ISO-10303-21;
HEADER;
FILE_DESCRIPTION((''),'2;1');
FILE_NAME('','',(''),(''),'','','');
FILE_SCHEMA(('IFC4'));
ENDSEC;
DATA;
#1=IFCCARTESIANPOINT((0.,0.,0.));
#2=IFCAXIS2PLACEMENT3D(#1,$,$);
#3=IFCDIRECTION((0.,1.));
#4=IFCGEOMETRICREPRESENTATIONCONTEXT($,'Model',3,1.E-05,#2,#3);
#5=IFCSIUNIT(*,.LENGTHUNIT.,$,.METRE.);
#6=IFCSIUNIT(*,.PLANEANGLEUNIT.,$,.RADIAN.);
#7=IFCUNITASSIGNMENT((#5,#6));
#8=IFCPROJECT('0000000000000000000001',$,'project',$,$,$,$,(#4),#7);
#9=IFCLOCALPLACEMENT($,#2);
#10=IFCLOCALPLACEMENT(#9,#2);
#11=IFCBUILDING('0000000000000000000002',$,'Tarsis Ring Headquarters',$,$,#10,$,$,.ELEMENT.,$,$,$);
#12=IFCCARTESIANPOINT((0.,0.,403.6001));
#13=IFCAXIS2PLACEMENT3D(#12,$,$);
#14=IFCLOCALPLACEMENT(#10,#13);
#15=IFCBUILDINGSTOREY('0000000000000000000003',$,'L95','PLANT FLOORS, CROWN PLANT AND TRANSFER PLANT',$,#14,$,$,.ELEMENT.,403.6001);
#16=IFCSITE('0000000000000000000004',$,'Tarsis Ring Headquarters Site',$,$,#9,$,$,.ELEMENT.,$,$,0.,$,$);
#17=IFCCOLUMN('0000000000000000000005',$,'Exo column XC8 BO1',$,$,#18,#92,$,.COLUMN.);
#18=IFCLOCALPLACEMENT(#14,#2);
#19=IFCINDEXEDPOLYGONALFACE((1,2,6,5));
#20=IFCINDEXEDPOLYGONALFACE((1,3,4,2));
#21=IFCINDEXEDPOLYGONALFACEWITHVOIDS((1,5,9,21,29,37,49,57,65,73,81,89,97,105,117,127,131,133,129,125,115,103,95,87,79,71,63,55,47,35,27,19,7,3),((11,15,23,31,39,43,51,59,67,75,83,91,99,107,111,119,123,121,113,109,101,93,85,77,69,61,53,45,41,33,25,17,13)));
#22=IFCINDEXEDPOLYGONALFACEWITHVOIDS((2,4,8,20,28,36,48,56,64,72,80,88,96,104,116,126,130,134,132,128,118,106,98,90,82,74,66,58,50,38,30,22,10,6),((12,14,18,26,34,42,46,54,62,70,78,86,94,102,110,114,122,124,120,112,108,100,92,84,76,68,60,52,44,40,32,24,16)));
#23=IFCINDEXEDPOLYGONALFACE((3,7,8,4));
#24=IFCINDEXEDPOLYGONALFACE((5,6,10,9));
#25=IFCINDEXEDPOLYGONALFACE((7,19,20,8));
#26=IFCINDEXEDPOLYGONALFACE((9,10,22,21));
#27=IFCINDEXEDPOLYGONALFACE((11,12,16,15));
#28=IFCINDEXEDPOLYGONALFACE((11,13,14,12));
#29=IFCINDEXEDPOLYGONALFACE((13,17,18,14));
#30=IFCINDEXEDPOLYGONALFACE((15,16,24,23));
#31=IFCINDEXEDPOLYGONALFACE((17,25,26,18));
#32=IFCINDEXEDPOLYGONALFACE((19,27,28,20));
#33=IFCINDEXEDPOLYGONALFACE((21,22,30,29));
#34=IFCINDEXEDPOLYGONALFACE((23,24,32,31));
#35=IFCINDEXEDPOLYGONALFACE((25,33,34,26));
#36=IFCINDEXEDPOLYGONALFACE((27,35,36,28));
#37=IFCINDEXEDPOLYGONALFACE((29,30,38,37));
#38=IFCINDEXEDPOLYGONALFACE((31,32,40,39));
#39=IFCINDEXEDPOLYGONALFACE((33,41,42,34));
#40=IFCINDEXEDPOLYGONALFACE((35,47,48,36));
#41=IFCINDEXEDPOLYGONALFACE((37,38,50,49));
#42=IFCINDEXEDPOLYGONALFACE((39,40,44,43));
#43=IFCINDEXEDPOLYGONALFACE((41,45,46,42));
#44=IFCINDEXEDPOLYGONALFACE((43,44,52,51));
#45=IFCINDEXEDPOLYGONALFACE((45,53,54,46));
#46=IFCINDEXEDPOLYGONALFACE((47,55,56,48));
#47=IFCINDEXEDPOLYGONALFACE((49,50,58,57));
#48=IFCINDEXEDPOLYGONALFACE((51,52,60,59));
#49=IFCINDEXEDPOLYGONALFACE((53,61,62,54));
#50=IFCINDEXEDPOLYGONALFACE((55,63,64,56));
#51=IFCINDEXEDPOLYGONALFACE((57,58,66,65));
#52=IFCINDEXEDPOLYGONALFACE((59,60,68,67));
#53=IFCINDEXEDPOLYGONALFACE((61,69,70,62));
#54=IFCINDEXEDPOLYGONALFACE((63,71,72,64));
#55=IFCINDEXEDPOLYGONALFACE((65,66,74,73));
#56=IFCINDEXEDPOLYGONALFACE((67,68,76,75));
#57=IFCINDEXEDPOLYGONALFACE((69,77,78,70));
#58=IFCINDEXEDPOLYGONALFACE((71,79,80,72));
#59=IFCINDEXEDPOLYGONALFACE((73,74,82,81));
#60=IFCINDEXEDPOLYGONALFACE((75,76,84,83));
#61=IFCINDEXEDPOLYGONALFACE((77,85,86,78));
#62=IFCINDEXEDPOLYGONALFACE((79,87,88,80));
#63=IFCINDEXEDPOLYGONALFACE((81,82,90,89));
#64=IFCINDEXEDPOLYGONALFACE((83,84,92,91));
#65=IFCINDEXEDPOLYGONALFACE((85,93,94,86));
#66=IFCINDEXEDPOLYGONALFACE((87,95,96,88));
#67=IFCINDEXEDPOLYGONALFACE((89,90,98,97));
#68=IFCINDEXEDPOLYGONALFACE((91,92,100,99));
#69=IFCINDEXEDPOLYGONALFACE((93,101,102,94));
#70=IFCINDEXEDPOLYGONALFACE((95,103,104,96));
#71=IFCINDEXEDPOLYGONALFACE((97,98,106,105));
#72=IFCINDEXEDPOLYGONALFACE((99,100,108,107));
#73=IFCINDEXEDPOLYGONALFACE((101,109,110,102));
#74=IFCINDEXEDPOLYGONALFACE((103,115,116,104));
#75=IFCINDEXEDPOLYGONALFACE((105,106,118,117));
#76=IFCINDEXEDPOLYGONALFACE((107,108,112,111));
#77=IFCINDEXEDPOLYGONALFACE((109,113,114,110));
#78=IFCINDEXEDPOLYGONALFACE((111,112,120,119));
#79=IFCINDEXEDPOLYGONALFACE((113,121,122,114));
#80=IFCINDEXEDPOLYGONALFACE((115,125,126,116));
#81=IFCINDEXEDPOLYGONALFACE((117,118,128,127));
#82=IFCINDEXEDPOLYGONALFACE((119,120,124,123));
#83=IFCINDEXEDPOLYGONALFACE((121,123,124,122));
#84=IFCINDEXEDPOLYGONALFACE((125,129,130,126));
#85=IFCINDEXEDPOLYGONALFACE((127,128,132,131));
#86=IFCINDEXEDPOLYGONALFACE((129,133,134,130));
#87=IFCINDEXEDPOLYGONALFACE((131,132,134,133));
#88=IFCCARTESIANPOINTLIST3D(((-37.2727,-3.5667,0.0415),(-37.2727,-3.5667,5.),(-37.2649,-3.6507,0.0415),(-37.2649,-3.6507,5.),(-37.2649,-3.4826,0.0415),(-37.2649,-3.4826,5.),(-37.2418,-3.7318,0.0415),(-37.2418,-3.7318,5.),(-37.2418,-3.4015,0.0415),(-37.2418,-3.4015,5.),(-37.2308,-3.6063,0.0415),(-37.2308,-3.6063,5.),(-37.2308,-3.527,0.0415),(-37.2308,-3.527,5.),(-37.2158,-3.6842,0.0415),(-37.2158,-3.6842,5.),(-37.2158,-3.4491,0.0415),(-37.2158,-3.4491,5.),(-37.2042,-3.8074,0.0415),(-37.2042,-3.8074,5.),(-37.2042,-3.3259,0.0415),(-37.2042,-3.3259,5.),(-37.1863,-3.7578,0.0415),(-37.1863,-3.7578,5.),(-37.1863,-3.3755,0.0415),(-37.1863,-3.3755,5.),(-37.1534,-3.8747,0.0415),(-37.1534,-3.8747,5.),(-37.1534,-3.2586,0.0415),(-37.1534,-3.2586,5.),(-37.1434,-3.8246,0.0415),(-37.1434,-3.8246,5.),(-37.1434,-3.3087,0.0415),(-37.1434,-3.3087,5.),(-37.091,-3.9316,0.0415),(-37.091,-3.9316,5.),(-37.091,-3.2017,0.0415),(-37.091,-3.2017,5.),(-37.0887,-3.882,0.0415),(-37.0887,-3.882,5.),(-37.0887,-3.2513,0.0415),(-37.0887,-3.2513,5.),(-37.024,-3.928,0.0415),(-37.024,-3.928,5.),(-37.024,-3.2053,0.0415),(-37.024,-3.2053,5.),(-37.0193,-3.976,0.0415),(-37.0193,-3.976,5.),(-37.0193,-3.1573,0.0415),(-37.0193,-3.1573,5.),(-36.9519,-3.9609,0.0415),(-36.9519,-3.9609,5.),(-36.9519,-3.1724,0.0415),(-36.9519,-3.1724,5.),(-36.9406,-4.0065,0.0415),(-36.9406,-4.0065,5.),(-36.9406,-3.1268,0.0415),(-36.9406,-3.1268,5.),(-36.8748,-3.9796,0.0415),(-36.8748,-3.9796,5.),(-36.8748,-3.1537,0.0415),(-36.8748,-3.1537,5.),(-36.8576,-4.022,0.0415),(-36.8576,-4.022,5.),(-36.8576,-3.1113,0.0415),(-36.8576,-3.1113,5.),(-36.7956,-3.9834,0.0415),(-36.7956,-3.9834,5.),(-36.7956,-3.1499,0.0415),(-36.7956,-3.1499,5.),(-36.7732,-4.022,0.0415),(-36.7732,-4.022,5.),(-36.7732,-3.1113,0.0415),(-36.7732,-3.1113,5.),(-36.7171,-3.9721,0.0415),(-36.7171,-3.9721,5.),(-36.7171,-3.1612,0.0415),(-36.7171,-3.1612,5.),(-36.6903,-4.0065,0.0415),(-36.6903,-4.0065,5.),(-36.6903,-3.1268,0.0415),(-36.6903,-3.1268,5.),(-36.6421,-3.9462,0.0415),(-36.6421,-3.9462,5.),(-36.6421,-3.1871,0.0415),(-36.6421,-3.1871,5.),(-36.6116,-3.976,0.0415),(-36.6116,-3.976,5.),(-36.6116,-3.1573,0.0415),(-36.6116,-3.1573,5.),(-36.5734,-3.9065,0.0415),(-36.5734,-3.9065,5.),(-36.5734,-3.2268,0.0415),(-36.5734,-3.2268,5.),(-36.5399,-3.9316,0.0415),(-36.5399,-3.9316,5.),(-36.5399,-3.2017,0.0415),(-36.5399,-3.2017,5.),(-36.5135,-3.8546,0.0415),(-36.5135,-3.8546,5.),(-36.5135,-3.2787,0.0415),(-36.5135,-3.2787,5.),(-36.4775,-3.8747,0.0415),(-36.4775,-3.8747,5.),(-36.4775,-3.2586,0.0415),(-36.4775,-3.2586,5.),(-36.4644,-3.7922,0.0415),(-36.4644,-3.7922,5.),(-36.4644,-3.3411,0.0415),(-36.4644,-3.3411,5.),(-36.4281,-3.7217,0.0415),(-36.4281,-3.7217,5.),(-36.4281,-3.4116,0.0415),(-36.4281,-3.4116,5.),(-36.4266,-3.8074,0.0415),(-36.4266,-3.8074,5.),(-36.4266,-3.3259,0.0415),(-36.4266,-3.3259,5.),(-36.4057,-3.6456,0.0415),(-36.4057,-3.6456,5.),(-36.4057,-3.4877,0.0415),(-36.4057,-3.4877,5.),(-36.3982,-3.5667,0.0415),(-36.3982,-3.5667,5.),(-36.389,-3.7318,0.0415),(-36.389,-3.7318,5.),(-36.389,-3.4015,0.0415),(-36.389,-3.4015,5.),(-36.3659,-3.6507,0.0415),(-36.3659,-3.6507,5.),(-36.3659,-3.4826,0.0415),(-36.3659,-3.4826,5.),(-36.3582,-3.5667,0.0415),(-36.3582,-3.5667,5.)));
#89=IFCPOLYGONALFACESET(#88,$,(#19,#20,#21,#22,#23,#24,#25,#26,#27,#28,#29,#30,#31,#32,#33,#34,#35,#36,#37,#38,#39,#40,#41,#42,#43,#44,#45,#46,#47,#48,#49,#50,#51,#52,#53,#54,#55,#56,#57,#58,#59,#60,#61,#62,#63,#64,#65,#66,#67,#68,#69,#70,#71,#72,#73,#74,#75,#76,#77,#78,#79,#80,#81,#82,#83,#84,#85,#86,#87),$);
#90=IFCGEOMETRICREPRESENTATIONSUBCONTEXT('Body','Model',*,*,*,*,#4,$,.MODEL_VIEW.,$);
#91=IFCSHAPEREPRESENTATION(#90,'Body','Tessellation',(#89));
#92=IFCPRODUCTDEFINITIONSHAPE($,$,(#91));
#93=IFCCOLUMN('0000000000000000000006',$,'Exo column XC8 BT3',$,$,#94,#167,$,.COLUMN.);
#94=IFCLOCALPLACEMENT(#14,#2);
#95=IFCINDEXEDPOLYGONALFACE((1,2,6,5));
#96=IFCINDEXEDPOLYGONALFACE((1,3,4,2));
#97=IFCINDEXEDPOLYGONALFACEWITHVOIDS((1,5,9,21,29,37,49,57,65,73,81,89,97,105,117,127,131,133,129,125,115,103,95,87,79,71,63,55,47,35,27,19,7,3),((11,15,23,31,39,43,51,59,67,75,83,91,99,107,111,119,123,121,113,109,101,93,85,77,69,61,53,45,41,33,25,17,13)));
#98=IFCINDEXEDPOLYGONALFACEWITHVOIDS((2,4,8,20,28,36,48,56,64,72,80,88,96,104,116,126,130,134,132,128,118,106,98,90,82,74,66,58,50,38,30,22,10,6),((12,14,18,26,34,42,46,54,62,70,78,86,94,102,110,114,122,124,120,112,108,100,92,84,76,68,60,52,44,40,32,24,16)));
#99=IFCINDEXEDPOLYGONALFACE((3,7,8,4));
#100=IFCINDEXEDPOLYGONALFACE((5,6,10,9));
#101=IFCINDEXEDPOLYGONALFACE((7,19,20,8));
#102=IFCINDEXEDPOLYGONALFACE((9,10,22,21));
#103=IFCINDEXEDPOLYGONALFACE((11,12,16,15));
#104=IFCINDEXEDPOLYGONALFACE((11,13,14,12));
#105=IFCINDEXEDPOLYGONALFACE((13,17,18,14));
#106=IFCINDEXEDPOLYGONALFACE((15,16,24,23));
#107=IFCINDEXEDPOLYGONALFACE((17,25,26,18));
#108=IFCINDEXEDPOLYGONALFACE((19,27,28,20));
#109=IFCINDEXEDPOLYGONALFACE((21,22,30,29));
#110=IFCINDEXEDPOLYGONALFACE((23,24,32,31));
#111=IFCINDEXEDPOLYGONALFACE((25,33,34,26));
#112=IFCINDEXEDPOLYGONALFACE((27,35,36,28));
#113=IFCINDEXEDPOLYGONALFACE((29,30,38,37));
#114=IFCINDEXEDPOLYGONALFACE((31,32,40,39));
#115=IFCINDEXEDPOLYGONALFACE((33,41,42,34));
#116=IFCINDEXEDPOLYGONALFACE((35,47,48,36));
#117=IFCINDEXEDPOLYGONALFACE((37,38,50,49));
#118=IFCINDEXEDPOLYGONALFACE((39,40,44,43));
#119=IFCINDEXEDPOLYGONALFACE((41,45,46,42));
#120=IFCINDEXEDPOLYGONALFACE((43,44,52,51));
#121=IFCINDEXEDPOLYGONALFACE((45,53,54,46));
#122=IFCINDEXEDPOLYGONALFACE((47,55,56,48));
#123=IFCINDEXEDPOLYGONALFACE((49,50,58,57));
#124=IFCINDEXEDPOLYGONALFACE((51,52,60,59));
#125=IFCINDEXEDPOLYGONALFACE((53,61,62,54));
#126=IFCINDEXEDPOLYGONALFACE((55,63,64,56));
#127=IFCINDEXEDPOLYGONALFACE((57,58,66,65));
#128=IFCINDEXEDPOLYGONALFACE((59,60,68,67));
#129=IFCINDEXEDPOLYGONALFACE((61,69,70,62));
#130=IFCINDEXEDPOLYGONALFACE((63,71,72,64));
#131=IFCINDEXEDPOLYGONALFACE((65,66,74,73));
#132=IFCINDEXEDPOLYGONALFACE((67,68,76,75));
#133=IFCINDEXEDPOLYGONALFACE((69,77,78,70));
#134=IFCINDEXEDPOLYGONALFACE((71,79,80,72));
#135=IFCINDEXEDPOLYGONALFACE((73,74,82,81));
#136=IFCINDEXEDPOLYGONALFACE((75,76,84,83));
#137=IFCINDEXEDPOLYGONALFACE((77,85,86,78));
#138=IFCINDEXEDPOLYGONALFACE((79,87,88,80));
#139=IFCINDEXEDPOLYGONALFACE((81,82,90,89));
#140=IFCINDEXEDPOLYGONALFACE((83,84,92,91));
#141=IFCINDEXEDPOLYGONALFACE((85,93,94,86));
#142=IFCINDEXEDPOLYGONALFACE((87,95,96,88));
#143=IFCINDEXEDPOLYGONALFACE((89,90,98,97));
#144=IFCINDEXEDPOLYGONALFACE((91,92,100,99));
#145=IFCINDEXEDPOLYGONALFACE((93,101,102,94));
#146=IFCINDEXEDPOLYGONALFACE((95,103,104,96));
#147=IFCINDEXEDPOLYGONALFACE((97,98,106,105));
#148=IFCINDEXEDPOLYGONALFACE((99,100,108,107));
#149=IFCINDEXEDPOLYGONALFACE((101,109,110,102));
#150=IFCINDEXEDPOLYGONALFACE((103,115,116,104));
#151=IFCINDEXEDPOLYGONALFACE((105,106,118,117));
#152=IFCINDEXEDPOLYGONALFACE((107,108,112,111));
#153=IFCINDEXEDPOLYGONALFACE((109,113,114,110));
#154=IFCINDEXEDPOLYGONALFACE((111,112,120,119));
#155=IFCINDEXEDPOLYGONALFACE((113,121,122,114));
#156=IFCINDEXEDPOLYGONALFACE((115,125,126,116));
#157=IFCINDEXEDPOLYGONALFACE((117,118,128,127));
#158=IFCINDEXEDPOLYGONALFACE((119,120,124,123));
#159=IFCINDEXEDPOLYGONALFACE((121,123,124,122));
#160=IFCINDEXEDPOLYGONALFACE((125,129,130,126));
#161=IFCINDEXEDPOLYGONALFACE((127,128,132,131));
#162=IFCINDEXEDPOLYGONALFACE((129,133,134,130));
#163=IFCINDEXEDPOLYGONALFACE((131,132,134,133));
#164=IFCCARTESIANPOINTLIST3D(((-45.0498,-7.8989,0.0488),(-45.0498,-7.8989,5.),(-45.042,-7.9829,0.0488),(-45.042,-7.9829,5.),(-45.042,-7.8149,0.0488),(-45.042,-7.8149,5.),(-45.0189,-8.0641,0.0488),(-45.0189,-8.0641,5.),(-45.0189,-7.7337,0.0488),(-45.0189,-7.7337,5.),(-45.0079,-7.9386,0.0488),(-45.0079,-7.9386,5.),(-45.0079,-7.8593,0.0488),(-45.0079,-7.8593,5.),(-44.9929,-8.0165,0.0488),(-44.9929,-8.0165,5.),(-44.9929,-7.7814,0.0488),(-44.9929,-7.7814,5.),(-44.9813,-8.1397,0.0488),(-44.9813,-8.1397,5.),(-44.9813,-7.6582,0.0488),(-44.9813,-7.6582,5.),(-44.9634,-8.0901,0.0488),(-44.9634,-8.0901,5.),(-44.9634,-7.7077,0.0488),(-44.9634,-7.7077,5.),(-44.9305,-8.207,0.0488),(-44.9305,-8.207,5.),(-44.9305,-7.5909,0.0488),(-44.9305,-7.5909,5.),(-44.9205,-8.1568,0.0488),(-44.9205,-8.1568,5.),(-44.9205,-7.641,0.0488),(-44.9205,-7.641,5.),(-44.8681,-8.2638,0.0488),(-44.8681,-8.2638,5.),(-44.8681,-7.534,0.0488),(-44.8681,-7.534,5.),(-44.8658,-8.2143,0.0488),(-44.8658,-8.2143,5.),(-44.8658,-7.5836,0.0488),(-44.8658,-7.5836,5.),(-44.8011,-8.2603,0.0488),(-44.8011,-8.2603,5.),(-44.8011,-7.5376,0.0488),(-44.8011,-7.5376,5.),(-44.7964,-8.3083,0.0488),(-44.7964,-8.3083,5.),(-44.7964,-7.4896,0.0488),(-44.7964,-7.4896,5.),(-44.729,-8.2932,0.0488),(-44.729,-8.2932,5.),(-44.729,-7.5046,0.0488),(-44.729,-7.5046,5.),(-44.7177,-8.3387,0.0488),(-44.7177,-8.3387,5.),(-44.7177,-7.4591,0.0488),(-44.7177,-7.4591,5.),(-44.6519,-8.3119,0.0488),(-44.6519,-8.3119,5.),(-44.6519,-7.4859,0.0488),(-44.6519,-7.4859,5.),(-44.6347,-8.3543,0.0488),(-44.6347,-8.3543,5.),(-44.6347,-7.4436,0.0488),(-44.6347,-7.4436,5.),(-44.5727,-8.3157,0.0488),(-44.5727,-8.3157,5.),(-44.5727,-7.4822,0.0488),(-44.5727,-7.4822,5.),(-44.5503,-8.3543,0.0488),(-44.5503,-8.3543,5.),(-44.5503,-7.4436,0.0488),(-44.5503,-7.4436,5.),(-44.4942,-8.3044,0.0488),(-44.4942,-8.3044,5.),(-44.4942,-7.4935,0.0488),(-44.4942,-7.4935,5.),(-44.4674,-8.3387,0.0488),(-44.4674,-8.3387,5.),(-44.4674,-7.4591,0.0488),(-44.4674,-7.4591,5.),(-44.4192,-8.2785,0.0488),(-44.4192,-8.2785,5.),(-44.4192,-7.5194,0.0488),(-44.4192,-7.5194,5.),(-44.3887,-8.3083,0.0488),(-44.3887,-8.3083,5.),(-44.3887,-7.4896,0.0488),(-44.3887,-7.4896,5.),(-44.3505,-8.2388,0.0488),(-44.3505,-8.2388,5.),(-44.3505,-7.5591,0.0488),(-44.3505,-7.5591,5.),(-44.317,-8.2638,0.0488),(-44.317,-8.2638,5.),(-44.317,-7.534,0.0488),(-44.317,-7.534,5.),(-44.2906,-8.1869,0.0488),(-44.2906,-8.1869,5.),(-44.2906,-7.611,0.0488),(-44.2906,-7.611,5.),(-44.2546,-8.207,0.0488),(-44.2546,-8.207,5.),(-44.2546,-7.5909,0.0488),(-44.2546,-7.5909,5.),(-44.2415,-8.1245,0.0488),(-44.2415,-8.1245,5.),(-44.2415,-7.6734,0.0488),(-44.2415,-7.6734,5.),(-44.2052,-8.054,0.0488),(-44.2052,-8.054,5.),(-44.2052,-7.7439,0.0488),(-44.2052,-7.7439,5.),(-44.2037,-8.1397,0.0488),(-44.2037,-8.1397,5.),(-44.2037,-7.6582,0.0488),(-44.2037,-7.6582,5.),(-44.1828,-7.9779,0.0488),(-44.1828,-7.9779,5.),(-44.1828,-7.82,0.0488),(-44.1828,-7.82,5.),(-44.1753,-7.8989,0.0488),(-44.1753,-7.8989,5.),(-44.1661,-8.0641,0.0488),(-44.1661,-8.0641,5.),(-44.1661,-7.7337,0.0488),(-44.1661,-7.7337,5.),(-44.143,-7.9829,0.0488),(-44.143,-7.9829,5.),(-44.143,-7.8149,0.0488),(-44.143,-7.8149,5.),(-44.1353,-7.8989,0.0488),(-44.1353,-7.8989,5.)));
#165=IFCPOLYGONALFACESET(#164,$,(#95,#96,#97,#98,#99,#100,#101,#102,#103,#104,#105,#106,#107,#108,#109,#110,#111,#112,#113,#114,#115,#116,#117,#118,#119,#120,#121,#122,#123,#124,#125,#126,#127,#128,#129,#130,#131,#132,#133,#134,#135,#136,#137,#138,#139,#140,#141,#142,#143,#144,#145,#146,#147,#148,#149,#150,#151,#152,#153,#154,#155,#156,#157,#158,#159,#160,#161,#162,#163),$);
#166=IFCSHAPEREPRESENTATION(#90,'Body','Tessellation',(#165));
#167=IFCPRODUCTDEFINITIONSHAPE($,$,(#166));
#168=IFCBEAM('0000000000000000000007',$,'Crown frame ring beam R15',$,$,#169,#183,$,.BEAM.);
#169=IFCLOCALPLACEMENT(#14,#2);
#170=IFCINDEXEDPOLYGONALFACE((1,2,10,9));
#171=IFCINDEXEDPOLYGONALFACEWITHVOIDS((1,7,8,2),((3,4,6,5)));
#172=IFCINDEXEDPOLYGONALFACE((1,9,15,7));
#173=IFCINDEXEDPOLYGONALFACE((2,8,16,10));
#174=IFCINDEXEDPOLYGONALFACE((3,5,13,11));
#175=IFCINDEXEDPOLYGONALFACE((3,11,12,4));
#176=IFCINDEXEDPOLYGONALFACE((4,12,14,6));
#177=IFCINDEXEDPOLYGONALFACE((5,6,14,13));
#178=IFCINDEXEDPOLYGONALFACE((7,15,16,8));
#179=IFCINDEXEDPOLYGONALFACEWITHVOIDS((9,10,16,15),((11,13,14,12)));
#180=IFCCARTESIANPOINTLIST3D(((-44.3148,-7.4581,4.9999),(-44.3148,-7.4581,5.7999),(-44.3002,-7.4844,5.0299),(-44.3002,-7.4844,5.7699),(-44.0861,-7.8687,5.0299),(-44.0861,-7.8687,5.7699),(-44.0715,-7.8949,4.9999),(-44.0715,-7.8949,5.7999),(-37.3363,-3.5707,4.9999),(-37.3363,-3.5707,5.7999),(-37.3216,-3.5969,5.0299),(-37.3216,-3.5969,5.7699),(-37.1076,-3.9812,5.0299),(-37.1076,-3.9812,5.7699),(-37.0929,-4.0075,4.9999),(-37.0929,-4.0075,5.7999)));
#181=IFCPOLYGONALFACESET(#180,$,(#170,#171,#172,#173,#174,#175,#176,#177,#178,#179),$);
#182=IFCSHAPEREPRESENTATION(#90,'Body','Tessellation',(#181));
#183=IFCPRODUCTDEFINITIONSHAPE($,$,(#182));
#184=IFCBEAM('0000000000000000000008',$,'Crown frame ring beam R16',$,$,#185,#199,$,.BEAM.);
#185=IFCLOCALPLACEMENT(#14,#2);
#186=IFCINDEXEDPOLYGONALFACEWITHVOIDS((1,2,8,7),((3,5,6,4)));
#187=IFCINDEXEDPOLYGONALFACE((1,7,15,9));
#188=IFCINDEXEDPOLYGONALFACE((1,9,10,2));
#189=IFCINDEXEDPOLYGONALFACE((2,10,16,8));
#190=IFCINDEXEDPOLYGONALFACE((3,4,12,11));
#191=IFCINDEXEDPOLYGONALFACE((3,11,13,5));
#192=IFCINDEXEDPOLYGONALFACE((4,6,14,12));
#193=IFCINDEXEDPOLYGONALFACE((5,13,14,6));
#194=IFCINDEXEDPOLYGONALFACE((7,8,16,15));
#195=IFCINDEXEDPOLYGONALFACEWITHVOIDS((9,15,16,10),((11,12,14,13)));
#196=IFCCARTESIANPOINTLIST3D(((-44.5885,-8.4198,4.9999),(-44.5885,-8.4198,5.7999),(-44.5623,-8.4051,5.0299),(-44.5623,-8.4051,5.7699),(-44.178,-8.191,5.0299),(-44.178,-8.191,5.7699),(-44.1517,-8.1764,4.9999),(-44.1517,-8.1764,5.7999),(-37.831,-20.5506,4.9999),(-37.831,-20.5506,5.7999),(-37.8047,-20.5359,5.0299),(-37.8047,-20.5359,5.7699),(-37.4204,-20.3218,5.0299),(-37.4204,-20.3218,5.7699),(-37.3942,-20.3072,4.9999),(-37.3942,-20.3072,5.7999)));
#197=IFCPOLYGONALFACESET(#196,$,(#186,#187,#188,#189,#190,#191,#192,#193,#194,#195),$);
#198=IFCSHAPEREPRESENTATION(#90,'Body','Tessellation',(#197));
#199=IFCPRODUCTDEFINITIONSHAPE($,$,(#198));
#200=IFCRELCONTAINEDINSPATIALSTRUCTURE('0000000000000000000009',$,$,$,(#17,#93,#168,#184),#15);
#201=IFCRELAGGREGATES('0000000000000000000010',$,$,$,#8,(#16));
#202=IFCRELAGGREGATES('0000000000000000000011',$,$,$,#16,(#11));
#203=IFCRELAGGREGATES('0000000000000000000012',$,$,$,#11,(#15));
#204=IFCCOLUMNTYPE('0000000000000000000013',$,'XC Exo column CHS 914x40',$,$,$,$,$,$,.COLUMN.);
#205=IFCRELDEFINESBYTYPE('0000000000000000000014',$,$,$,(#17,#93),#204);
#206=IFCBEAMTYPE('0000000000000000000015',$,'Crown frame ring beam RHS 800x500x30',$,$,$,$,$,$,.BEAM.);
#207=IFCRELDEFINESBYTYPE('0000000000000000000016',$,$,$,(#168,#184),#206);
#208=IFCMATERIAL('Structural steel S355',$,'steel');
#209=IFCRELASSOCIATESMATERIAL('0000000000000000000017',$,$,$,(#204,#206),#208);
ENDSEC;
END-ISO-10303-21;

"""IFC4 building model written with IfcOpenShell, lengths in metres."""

from ifc_helpers import new_model, si_unit, direction, frame, origin, origin_2d, place, context, subcontext, project, spatial, hollow_rectangle, hollow_circle, extrude, material, material_profile, profile_set, type_object, element, save


model = new_model("IFC4")

# Units and contexts
model_context = context("Model", 3, precision=1e-05, world=origin(), true_north=direction((0.0, 1.0)))
body_context = subcontext(model_context, "Body", "Model", "MODEL_VIEW")
ifc_project = project(units=[si_unit("LENGTHUNIT", "METRE"), si_unit("PLANEANGLEUNIT", "RADIAN")], contexts=[model_context])

# Site, building, storey
site_placement = place(None, origin())
site = spatial("IfcSite", under=ifc_project, at=site_placement, Name="Tarsis Ring Headquarters Site", CompositionType="ELEMENT", RefElevation=0.0)
building_placement = place(site_placement, origin())
building = spatial("IfcBuilding", under=site, at=building_placement, Name="Tarsis Ring Headquarters", CompositionType="ELEMENT")
storey_placement = place(building_placement, frame((0.0, 0.0, 403.6001)))
storey = spatial("IfcBuildingStorey", under=building, at=storey_placement, Name="L95", Description="PLANT FLOORS, CROWN PLANT AND TRANSFER PLANT", CompositionType="ELEMENT", Elevation=403.6001)

# Columns
ifc_material_1 = material(Name="Structural steel S355", Category="steel")
ifc_material_profile_1 = material_profile(ifc_material_1, hollow_circle(Radius=0.457, WallThickness=0.04, at=origin_2d()), Name="CHS 914x40")
ifc_profile_set_1 = profile_set([ifc_material_profile_1], Name="Structural steel S355")
column_type_1 = type_object("IfcColumnType", Name="XC Exo column CHS 914x40", PredefinedType="COLUMN", material=ifc_profile_set_1)
column_1_placement = place(storey_placement, frame((-36.8154, -3.5667, 0.0415), z_axis=(0.0, 0.0, 1.0), x_axis=(1.0, 0.0, 0.0)))
element("IfcColumn", 1, at=column_1_placement, inside=storey, type_object=column_type_1, Name="Exo column XC8 BO1", PredefinedType="COLUMN", context=body_context, shape_type="SweptSolid", body=[
    extrude(hollow_circle(Radius=0.4573, WallThickness=0.04, at=origin_2d()), origin(), (0.0, 0.0, 1.0), 4.9585),
])
column_2_placement = place(storey_placement, frame((-44.5925, -7.8989, 0.0488), z_axis=(0.0, 0.0, 1.0), x_axis=(1.0, 0.0, 0.0)))
element("IfcColumn", 2, at=column_2_placement, inside=storey, type_object=column_type_1, Name="Exo column XC8 BT3", PredefinedType="COLUMN", context=body_context, shape_type="SweptSolid", body=[
    extrude(hollow_circle(Radius=0.4573, WallThickness=0.04, at=origin_2d()), origin(), (0.0, 0.0, 1.0), 4.9512),
])

# Beams
ifc_material_profile_2 = material_profile(ifc_material_1, hollow_rectangle(XDim=0.5, YDim=0.8, WallThickness=0.03, at=origin_2d()), Name="RHS 800x500x30")
ifc_profile_set_2 = profile_set([ifc_material_profile_2], Name="Structural steel S355")
beam_type_1 = type_object("IfcBeamType", Name="Crown frame ring beam RHS 800x500x30", PredefinedType="BEAM", material=ifc_profile_set_2)
beam_1_placement = place(storey_placement, frame((-37.2146, -3.7891, 5.3999), z_axis=(-0.873599, -0.486647, 0.0), x_axis=(0.486647, -0.873599, 0.0)))
element("IfcBeam", 3, at=beam_1_placement, inside=storey, type_object=beam_type_1, Name="Crown frame ring beam R15", PredefinedType="BEAM", context=body_context, shape_type="SweptSolid", body=[
    extrude(hollow_rectangle(XDim=0.5, YDim=0.8, WallThickness=0.03, at=origin_2d()), origin(), (0.0, 0.0, 1.0), 7.9883),
])
beam_2_placement = place(storey_placement, frame((-44.3701, -8.2981, 5.3999), z_axis=(0.486644, -0.8736, 0.0), x_axis=(0.8736, 0.486644, 0.0)))
element("IfcBeam", 4, at=beam_2_placement, inside=storey, type_object=beam_type_1, Name="Crown frame ring beam R16", PredefinedType="BEAM", context=body_context, shape_type="SweptSolid", body=[
    extrude(hollow_rectangle(XDim=0.5, YDim=0.8, WallThickness=0.03, at=origin_2d()), origin(), (0.0, 0.0, 1.0), 13.886),
])

save(model, "model.ifc")
